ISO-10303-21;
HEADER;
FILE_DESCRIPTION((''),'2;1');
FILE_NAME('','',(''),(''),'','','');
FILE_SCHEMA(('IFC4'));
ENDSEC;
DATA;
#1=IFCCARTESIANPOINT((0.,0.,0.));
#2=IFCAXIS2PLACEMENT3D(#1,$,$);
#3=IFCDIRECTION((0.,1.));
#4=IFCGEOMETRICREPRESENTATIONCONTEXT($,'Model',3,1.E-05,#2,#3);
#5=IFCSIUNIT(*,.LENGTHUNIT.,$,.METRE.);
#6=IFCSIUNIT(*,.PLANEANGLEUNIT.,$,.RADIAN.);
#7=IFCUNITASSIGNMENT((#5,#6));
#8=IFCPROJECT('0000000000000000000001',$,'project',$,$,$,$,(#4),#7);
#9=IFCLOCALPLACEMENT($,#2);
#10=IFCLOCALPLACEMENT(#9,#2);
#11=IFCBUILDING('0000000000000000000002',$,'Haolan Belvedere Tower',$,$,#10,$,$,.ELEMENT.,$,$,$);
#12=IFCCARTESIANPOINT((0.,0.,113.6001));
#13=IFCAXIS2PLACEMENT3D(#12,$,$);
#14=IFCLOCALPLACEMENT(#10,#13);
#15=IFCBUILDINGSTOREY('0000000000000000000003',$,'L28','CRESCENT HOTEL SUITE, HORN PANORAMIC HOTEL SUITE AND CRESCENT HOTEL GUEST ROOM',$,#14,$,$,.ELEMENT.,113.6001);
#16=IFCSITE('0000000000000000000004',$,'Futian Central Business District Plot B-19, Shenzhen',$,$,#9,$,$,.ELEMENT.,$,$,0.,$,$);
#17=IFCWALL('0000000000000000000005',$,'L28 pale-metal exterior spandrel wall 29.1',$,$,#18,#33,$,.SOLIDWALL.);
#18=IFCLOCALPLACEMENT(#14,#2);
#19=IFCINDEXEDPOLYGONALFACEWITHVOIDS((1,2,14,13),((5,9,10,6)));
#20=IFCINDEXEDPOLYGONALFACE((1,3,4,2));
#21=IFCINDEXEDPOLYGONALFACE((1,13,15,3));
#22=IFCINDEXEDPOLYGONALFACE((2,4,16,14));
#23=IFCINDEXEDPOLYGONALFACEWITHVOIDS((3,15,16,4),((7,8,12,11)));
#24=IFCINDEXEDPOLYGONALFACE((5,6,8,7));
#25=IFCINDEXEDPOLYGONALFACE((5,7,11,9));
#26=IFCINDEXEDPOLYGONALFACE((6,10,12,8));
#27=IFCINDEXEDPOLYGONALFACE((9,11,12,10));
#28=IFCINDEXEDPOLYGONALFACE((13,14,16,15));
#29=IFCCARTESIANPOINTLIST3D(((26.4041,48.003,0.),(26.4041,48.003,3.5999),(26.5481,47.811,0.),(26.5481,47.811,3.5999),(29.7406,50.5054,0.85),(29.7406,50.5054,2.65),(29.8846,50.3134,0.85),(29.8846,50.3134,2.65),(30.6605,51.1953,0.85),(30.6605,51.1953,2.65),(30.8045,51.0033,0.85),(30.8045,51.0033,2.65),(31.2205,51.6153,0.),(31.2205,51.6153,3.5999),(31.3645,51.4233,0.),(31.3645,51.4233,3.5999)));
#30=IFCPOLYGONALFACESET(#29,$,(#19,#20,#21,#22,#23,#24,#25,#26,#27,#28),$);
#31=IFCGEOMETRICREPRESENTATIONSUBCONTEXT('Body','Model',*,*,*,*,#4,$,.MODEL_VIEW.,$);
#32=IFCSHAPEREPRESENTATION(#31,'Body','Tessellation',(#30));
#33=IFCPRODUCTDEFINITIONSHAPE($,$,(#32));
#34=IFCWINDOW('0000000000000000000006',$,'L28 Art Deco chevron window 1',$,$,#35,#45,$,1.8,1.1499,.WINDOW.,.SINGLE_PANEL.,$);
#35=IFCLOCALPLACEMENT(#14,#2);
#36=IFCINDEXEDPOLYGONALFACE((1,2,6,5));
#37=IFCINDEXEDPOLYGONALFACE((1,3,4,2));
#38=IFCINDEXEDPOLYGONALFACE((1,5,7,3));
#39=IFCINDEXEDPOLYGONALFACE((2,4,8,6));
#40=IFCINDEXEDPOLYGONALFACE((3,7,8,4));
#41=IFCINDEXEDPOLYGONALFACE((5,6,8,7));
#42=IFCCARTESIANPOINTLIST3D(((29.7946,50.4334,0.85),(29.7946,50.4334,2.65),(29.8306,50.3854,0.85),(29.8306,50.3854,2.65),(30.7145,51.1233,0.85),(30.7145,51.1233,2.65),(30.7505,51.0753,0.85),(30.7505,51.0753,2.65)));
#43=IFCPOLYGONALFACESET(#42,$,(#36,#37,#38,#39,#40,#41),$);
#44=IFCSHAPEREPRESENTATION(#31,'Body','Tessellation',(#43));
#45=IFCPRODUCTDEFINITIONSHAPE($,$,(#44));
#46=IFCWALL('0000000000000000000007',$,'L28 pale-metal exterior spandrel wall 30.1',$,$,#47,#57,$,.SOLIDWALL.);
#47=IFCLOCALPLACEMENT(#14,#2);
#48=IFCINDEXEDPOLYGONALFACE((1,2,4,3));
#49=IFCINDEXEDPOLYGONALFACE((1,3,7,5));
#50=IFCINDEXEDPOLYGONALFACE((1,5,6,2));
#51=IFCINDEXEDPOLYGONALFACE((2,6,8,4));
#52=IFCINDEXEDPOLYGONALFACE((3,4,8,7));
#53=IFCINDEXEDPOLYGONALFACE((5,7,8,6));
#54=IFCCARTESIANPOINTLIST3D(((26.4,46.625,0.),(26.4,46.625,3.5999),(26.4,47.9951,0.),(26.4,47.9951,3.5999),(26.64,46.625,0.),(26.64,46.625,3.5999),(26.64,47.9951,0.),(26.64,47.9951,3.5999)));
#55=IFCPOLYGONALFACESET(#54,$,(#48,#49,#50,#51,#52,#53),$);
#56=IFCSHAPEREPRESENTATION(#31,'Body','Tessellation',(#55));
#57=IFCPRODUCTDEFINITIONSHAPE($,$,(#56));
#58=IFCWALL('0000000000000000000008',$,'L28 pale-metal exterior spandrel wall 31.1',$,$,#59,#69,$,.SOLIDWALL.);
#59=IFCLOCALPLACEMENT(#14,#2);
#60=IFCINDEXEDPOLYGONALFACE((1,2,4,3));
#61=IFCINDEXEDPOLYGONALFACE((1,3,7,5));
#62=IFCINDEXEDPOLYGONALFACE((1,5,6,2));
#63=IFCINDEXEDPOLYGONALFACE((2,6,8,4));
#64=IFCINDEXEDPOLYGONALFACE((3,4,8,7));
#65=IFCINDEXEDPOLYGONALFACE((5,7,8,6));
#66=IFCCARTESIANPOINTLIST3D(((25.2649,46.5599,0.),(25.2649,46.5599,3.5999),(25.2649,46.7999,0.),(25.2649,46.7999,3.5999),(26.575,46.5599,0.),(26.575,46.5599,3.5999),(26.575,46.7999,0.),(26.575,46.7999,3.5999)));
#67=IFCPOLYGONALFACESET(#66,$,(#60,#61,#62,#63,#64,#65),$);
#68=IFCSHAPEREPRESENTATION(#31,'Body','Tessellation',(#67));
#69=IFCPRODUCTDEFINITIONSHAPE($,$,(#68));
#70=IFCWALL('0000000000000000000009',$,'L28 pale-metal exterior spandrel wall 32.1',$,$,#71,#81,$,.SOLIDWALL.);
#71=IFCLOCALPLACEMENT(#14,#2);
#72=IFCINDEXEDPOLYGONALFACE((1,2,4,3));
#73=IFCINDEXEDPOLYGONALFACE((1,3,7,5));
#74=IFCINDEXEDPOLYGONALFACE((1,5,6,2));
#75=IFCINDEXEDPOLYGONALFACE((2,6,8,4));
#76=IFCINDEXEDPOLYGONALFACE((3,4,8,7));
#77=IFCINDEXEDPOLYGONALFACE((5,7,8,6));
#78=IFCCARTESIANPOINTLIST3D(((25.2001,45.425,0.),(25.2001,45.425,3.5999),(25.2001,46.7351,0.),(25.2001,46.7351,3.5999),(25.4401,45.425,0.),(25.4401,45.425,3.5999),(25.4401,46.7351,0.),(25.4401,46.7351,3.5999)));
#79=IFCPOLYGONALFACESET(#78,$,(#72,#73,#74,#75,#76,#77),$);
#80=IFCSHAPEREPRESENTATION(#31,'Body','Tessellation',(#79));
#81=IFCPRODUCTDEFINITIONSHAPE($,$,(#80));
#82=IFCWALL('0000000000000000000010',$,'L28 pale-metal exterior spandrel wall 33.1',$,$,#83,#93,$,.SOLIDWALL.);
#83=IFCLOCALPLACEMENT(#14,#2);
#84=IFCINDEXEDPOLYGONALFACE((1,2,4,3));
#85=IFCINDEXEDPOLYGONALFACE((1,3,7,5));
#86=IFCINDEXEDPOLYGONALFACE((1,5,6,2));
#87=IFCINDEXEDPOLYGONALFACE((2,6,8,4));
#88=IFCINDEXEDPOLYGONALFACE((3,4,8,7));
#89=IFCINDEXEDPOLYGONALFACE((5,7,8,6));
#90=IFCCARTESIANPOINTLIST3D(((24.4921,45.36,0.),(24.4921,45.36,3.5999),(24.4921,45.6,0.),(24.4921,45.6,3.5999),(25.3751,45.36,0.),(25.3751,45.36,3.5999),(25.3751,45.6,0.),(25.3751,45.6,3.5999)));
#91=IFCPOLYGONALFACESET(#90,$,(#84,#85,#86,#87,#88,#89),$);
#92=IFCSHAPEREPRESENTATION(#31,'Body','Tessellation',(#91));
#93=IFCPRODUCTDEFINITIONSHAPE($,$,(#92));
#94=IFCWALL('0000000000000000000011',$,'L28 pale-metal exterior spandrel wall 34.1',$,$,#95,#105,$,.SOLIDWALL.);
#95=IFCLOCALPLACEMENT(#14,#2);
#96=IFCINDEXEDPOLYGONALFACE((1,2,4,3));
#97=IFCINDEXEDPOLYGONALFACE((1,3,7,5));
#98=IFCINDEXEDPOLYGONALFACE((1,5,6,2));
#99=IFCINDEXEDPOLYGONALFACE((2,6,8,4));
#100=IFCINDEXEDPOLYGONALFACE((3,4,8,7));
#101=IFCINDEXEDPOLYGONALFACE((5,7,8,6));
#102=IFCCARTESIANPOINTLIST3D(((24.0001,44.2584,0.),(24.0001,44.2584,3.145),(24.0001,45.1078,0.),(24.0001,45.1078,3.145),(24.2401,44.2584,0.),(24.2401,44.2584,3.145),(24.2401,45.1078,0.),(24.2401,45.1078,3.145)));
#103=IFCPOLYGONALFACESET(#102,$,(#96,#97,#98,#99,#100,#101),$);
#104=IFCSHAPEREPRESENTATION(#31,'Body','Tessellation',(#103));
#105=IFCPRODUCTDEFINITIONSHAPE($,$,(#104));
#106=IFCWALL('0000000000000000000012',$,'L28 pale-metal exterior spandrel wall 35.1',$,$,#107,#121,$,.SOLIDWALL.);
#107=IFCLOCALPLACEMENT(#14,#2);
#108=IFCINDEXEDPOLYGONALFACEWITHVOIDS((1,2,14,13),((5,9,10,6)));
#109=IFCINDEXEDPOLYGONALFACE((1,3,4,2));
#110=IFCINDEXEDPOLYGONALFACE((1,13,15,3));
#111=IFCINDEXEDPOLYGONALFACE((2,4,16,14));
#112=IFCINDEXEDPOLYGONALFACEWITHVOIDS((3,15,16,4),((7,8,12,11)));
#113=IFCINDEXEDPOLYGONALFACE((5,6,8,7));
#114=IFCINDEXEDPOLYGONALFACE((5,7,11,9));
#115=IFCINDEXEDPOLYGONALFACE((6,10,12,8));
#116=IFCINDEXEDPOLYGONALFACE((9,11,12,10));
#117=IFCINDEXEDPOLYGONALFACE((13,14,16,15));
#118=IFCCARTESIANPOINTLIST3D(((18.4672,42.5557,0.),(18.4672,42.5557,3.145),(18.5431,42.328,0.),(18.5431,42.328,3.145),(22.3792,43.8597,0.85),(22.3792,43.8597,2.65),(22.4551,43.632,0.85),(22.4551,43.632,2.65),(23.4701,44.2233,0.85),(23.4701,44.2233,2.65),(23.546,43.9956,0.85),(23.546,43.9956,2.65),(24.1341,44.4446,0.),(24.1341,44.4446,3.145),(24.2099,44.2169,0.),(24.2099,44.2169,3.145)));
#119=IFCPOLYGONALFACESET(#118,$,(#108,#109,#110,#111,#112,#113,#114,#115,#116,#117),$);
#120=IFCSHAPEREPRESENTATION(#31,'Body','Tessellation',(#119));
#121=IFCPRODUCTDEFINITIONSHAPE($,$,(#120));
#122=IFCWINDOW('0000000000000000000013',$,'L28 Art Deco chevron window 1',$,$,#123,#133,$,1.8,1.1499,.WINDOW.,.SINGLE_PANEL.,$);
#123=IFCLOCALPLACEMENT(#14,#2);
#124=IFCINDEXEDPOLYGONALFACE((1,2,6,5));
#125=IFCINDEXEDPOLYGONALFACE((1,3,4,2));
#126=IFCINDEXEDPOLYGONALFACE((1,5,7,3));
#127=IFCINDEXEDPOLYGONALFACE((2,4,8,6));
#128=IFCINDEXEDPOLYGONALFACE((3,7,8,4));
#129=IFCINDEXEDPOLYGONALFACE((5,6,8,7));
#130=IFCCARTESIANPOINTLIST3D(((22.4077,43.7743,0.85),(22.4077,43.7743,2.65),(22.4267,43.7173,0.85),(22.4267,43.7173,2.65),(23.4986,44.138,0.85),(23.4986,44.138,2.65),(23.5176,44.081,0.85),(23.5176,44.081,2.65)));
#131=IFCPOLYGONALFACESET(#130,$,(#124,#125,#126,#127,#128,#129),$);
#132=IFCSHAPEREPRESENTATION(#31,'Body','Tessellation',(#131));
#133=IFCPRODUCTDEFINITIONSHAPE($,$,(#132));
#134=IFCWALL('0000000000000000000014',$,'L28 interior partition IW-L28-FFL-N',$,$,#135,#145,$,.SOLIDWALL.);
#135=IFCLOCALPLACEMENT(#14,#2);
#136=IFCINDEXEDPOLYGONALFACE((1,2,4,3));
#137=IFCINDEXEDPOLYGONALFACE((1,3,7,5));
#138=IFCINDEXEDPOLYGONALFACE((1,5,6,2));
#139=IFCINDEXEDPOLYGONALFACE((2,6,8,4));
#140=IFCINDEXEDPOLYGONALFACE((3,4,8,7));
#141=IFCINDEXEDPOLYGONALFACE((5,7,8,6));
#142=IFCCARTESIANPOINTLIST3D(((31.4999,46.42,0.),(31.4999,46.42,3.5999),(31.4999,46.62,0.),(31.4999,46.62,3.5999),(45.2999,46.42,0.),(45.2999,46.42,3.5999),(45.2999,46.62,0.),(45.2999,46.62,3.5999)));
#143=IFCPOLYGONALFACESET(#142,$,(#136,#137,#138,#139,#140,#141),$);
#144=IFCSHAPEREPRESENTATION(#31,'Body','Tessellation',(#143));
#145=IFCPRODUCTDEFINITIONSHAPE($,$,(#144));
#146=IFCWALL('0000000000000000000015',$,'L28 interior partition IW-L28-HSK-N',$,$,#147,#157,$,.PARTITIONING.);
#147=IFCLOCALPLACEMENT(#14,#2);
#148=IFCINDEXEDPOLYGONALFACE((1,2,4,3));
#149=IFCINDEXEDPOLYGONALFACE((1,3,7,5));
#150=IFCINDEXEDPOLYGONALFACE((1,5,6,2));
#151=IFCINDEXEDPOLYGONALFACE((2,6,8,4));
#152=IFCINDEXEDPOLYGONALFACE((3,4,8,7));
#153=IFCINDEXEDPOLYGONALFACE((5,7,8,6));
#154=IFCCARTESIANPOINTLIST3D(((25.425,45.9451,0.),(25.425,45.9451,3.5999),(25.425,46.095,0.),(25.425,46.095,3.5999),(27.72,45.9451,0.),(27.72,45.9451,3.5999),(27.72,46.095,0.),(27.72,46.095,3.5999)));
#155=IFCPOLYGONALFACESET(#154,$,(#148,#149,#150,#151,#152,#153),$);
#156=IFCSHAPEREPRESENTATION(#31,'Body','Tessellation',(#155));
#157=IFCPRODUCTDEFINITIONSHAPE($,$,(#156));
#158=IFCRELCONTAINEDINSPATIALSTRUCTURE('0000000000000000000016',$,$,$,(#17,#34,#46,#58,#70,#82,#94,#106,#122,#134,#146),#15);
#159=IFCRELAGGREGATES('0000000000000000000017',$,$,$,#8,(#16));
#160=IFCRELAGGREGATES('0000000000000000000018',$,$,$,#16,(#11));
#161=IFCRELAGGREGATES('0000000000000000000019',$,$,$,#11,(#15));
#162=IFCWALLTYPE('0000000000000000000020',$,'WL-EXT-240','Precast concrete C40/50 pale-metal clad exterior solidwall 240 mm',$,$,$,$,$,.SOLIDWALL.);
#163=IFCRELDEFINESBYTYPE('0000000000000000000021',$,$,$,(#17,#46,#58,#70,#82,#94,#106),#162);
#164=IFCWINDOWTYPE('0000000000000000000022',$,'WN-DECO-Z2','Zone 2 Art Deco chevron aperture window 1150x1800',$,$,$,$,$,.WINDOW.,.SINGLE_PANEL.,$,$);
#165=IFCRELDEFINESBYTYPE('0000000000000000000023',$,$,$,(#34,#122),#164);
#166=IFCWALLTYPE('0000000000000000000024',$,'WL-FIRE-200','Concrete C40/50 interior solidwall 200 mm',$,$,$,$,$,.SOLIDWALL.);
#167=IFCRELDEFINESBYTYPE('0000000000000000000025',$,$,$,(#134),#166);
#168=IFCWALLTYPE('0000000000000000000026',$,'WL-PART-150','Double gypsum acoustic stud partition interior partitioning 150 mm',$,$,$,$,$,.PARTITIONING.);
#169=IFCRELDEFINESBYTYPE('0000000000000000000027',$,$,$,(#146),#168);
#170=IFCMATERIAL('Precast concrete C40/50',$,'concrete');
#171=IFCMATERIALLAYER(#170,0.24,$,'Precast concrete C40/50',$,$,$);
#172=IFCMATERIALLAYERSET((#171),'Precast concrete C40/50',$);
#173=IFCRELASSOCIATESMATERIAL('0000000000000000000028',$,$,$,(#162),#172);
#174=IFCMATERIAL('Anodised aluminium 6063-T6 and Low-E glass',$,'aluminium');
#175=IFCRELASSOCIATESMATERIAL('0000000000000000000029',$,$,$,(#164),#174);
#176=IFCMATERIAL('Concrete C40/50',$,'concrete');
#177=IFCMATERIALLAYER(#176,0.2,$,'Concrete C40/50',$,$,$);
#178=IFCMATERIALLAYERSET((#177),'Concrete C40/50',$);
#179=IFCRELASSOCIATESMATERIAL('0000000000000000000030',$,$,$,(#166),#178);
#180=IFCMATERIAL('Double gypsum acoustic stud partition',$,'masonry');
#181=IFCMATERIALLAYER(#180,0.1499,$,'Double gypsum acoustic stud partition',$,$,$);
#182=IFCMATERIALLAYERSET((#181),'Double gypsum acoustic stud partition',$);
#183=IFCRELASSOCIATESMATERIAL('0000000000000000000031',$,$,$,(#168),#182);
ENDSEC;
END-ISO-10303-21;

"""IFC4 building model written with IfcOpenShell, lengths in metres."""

from ifc_helpers import new_model, si_unit, direction, frame, frame_2d, origin, place, context, subcontext, project, spatial, rectangle, extrude, material, layer, layer_set, type_object, element, fill, save


model = new_model("IFC4")

# Units and contexts
model_context = context("Model", 3, precision=1e-05, world=origin(), true_north=direction((0.0, 1.0)))
body_context = subcontext(model_context, "Body", "Model", "MODEL_VIEW")
ifc_project = project(units=[si_unit("LENGTHUNIT", "METRE"), si_unit("PLANEANGLEUNIT", "RADIAN")], contexts=[model_context])

# Site, building, storey
site_placement = place(None, origin())
site = spatial("IfcSite", under=ifc_project, at=site_placement, Name="Futian Central Business District Plot B-19, Shenzhen", CompositionType="ELEMENT", RefElevation=0.0)
building_placement = place(site_placement, origin())
building = spatial("IfcBuilding", under=site, at=building_placement, Name="Haolan Belvedere Tower", CompositionType="ELEMENT")
storey_placement = place(building_placement, frame((0.0, 0.0, 113.6001)))
storey = spatial("IfcBuildingStorey", under=building, at=storey_placement, Name="L28", Description="CRESCENT HOTEL SUITE, HORN PANORAMIC HOTEL SUITE AND CRESCENT HOTEL GUEST ROOM", CompositionType="ELEMENT", Elevation=113.6001)

# Wall, opening, window
ifc_material_1 = material(Name="Precast concrete C40/50", Category="concrete")
ifc_layer_1 = layer(ifc_material_1, 0.24, Name="Precast concrete C40/50")
ifc_layer_set_1 = layer_set([ifc_layer_1], Name="Precast concrete C40/50")
wall_type_1 = type_object("IfcWallType", Name="WL-EXT-240", Description="Precast concrete C40/50 pale-metal clad exterior solidwall 240 mm", PredefinedType="SOLIDWALL", material=ifc_layer_set_1)
wall_1_placement = place(storey_placement, frame((31.2925, 51.5193, 0.0), z_axis=(0.0, 0.0, 1.0), x_axis=(-0.8, -0.6, 0.0)))
wall_1 = element("IfcWall", 1, at=wall_1_placement, inside=storey, type_object=wall_type_1, Name="L28 pale-metal exterior spandrel wall 29.1", PredefinedType="SOLIDWALL", context=body_context, shape_type="SweptSolid", body=[
    extrude(rectangle(XDim=6.0205, YDim=0.24, at=frame_2d((3.0103, 0.0))), origin(), (0.0, 0.0, 1.0), 3.5999),
])
opening_1_placement = place(wall_1_placement, frame((0.7, 0.0, 0.8501)))
opening_1 = element("IfcOpeningElement", 2, at=opening_1_placement, cuts=wall_1, PredefinedType="OPENING", context=body_context, shape_type="SweptSolid", body=[
    extrude(rectangle(XDim=1.1499, YDim=1.8, at=frame_2d((0.575, 0.8999))), frame((0.0, 0.1299, 0.0), z_axis=(0.0, -1.0, 0.0), x_axis=(1.0, 0.0, 0.0)), (0.0, 0.0, 1.0), 0.26),
])
ifc_material_2 = material(Name="Anodised aluminium 6063-T6 and Low-E glass", Category="aluminium")
window_type = type_object("IfcWindowType", Name="WN-DECO-Z2", Description="Zone 2 Art Deco chevron aperture window 1150x1800", PartitioningType="SINGLE_PANEL", PredefinedType="WINDOW", material=ifc_material_2)
window_1_placement = place(opening_1_placement, origin())
window_1 = element("IfcWindow", 3, at=window_1_placement, inside=storey, type_object=window_type, Name="L28 Art Deco chevron window 1", OverallHeight=1.8, OverallWidth=1.1499, PartitioningType="SINGLE_PANEL", PredefinedType="WINDOW", context=body_context, shape_type="SweptSolid", body=[
    extrude(rectangle(XDim=1.1499, YDim=1.8, at=frame_2d((0.575, 0.8999))), frame((0.0, 0.03, 0.0), z_axis=(0.0, -1.0, 0.0), x_axis=(1.0, 0.0, 0.0)), (0.0, 0.0, 1.0), 0.0601),
])
fill(opening_1, window_1)

# Walls
wall_2_placement = place(storey_placement, frame((26.52, 47.9951, 0.0), z_axis=(0.0, 0.0, 1.0), x_axis=(0.0, -1.0, 0.0)))
element("IfcWall", 4, at=wall_2_placement, inside=storey, type_object=wall_type_1, Name="L28 pale-metal exterior spandrel wall 30.1", PredefinedType="SOLIDWALL", context=body_context, shape_type="SweptSolid", body=[
    extrude(rectangle(XDim=1.3701, YDim=0.24, at=frame_2d((0.6851, 0.0))), origin(), (0.0, 0.0, 1.0), 3.5999),
])
for number, where, z_axis, x_axis, name in (
    (5, (26.575, 46.6799, 0.0), (0.0, 0.0, 1.0), (-1.0, 0.0, 0.0), "L28 pale-metal exterior spandrel wall 31.1"),
    (6, (25.3201, 46.7351, 0.0), (0.0, 0.0, 1.0), (0.0, -1.0, 0.0), "L28 pale-metal exterior spandrel wall 32.1"),
):
    element("IfcWall", number, at=place(storey_placement, frame(where, z_axis=z_axis, x_axis=x_axis)), inside=storey, type_object=wall_type_1, Name=name, PredefinedType="SOLIDWALL", context=body_context, shape_type="SweptSolid", body=[
        extrude(rectangle(XDim=1.3101, YDim=0.24, at=frame_2d((0.655, 0.0))), origin(), (0.0, 0.0, 1.0), 3.5999),
    ])
wall_3_placement = place(storey_placement, frame((25.375, 45.48, 0.0), z_axis=(0.0, 0.0, 1.0), x_axis=(-1.0, 0.0, 0.0)))
element("IfcWall", 7, at=wall_3_placement, inside=storey, type_object=wall_type_1, Name="L28 pale-metal exterior spandrel wall 33.1", PredefinedType="SOLIDWALL", context=body_context, shape_type="SweptSolid", body=[
    extrude(rectangle(XDim=0.8831, YDim=0.24, at=frame_2d((0.4414, 0.0))), origin(), (0.0, 0.0, 1.0), 3.5999),
])
wall_4_placement = place(storey_placement, frame((24.1201, 45.1079, 0.0), z_axis=(0.0, 0.0, 1.0), x_axis=(0.0, -1.0, 0.0)))
element("IfcWall", 8, at=wall_4_placement, inside=storey, type_object=wall_type_1, Name="L28 pale-metal exterior spandrel wall 34.1", PredefinedType="SOLIDWALL", context=body_context, shape_type="SweptSolid", body=[
    extrude(rectangle(XDim=0.8494, YDim=0.24, at=frame_2d((0.4248, 0.0))), origin(), (0.0, 0.0, 1.0), 3.145),
])

# Wall, opening, window
wall_5_placement = place(storey_placement, frame((24.1721, 44.3308, 0.0), z_axis=(0.0, 0.0, 1.0), x_axis=(-0.948683, -0.316228, 0.0)))
wall_5 = element("IfcWall", 9, at=wall_5_placement, inside=storey, type_object=wall_type_1, Name="L28 pale-metal exterior spandrel wall 35.1", PredefinedType="SOLIDWALL", context=body_context, shape_type="SweptSolid", body=[
    extrude(rectangle(XDim=5.9734, YDim=0.24, at=frame_2d((2.9868, 0.0))), origin(), (0.0, 0.0, 1.0), 3.145),
])
opening_2_placement = place(wall_5_placement, frame((0.7, 0.0, 0.8501)))
opening_2 = element("IfcOpeningElement", 10, at=opening_2_placement, cuts=wall_5, PredefinedType="OPENING", context=body_context, shape_type="SweptSolid", body=[
    extrude(rectangle(XDim=1.1499, YDim=1.8, at=frame_2d((0.575, 0.8999))), frame((0.0, 0.1299, 0.0), z_axis=(0.0, -1.0, 0.0), x_axis=(1.0, 0.0, 0.0)), (0.0, 0.0, 1.0), 0.26),
])
window_2_placement = place(opening_2_placement, origin())
window_2 = element("IfcWindow", 11, at=window_2_placement, inside=storey, type_object=window_type, Name="L28 Art Deco chevron window 1", OverallHeight=1.8, OverallWidth=1.1499, PartitioningType="SINGLE_PANEL", PredefinedType="WINDOW", context=body_context, shape_type="SweptSolid", body=[
    extrude(rectangle(XDim=1.1499, YDim=1.8, at=frame_2d((0.575, 0.8999))), frame((0.0, 0.03, 0.0), z_axis=(0.0, -1.0, 0.0), x_axis=(1.0, 0.0, 0.0)), (0.0, 0.0, 1.0), 0.0601),
])
fill(opening_2, window_2)

# Wall
ifc_material_3 = material(Name="Concrete C40/50", Category="concrete")
ifc_layer_2 = layer(ifc_material_3, 0.2, Name="Concrete C40/50")
ifc_layer_set_2 = layer_set([ifc_layer_2], Name="Concrete C40/50")
wall_type_2 = type_object("IfcWallType", Name="WL-FIRE-200", Description="Concrete C40/50 interior solidwall 200 mm", PredefinedType="SOLIDWALL", material=ifc_layer_set_2)
wall_6_placement = place(storey_placement, frame((31.5, 46.52, 0.0), z_axis=(0.0, 0.0, 1.0), x_axis=(1.0, 0.0, 0.0)))
element("IfcWall", 12, at=wall_6_placement, inside=storey, type_object=wall_type_2, Name="L28 interior partition IW-L28-FFL-N", PredefinedType="SOLIDWALL", context=body_context, shape_type="SweptSolid", body=[
    extrude(rectangle(XDim=13.8, YDim=0.2, at=frame_2d((6.8999, 0.0))), origin(), (0.0, 0.0, 1.0), 3.5999),
])

# Wall
ifc_material_4 = material(Name="Double gypsum acoustic stud partition", Category="masonry")
ifc_layer_3 = layer(ifc_material_4, 0.1499, Name="Double gypsum acoustic stud partition")
ifc_layer_set_3 = layer_set([ifc_layer_3], Name="Double gypsum acoustic stud partition")
wall_type_3 = type_object("IfcWallType", Name="WL-PART-150", Description="Double gypsum acoustic stud partition interior partitioning 150 mm", PredefinedType="PARTITIONING", material=ifc_layer_set_3)
wall_7_placement = place(storey_placement, frame((25.425, 46.02, 0.0), z_axis=(0.0, 0.0, 1.0), x_axis=(1.0, 0.0, 0.0)))
element("IfcWall", 13, at=wall_7_placement, inside=storey, type_object=wall_type_3, Name="L28 interior partition IW-L28-HSK-N", PredefinedType="PARTITIONING", context=body_context, shape_type="SweptSolid", body=[
    extrude(rectangle(XDim=2.2949, YDim=0.1499, at=frame_2d((1.1475, 0.0))), origin(), (0.0, 0.0, 1.0), 3.5999),
])

save(model, "model.ifc")
